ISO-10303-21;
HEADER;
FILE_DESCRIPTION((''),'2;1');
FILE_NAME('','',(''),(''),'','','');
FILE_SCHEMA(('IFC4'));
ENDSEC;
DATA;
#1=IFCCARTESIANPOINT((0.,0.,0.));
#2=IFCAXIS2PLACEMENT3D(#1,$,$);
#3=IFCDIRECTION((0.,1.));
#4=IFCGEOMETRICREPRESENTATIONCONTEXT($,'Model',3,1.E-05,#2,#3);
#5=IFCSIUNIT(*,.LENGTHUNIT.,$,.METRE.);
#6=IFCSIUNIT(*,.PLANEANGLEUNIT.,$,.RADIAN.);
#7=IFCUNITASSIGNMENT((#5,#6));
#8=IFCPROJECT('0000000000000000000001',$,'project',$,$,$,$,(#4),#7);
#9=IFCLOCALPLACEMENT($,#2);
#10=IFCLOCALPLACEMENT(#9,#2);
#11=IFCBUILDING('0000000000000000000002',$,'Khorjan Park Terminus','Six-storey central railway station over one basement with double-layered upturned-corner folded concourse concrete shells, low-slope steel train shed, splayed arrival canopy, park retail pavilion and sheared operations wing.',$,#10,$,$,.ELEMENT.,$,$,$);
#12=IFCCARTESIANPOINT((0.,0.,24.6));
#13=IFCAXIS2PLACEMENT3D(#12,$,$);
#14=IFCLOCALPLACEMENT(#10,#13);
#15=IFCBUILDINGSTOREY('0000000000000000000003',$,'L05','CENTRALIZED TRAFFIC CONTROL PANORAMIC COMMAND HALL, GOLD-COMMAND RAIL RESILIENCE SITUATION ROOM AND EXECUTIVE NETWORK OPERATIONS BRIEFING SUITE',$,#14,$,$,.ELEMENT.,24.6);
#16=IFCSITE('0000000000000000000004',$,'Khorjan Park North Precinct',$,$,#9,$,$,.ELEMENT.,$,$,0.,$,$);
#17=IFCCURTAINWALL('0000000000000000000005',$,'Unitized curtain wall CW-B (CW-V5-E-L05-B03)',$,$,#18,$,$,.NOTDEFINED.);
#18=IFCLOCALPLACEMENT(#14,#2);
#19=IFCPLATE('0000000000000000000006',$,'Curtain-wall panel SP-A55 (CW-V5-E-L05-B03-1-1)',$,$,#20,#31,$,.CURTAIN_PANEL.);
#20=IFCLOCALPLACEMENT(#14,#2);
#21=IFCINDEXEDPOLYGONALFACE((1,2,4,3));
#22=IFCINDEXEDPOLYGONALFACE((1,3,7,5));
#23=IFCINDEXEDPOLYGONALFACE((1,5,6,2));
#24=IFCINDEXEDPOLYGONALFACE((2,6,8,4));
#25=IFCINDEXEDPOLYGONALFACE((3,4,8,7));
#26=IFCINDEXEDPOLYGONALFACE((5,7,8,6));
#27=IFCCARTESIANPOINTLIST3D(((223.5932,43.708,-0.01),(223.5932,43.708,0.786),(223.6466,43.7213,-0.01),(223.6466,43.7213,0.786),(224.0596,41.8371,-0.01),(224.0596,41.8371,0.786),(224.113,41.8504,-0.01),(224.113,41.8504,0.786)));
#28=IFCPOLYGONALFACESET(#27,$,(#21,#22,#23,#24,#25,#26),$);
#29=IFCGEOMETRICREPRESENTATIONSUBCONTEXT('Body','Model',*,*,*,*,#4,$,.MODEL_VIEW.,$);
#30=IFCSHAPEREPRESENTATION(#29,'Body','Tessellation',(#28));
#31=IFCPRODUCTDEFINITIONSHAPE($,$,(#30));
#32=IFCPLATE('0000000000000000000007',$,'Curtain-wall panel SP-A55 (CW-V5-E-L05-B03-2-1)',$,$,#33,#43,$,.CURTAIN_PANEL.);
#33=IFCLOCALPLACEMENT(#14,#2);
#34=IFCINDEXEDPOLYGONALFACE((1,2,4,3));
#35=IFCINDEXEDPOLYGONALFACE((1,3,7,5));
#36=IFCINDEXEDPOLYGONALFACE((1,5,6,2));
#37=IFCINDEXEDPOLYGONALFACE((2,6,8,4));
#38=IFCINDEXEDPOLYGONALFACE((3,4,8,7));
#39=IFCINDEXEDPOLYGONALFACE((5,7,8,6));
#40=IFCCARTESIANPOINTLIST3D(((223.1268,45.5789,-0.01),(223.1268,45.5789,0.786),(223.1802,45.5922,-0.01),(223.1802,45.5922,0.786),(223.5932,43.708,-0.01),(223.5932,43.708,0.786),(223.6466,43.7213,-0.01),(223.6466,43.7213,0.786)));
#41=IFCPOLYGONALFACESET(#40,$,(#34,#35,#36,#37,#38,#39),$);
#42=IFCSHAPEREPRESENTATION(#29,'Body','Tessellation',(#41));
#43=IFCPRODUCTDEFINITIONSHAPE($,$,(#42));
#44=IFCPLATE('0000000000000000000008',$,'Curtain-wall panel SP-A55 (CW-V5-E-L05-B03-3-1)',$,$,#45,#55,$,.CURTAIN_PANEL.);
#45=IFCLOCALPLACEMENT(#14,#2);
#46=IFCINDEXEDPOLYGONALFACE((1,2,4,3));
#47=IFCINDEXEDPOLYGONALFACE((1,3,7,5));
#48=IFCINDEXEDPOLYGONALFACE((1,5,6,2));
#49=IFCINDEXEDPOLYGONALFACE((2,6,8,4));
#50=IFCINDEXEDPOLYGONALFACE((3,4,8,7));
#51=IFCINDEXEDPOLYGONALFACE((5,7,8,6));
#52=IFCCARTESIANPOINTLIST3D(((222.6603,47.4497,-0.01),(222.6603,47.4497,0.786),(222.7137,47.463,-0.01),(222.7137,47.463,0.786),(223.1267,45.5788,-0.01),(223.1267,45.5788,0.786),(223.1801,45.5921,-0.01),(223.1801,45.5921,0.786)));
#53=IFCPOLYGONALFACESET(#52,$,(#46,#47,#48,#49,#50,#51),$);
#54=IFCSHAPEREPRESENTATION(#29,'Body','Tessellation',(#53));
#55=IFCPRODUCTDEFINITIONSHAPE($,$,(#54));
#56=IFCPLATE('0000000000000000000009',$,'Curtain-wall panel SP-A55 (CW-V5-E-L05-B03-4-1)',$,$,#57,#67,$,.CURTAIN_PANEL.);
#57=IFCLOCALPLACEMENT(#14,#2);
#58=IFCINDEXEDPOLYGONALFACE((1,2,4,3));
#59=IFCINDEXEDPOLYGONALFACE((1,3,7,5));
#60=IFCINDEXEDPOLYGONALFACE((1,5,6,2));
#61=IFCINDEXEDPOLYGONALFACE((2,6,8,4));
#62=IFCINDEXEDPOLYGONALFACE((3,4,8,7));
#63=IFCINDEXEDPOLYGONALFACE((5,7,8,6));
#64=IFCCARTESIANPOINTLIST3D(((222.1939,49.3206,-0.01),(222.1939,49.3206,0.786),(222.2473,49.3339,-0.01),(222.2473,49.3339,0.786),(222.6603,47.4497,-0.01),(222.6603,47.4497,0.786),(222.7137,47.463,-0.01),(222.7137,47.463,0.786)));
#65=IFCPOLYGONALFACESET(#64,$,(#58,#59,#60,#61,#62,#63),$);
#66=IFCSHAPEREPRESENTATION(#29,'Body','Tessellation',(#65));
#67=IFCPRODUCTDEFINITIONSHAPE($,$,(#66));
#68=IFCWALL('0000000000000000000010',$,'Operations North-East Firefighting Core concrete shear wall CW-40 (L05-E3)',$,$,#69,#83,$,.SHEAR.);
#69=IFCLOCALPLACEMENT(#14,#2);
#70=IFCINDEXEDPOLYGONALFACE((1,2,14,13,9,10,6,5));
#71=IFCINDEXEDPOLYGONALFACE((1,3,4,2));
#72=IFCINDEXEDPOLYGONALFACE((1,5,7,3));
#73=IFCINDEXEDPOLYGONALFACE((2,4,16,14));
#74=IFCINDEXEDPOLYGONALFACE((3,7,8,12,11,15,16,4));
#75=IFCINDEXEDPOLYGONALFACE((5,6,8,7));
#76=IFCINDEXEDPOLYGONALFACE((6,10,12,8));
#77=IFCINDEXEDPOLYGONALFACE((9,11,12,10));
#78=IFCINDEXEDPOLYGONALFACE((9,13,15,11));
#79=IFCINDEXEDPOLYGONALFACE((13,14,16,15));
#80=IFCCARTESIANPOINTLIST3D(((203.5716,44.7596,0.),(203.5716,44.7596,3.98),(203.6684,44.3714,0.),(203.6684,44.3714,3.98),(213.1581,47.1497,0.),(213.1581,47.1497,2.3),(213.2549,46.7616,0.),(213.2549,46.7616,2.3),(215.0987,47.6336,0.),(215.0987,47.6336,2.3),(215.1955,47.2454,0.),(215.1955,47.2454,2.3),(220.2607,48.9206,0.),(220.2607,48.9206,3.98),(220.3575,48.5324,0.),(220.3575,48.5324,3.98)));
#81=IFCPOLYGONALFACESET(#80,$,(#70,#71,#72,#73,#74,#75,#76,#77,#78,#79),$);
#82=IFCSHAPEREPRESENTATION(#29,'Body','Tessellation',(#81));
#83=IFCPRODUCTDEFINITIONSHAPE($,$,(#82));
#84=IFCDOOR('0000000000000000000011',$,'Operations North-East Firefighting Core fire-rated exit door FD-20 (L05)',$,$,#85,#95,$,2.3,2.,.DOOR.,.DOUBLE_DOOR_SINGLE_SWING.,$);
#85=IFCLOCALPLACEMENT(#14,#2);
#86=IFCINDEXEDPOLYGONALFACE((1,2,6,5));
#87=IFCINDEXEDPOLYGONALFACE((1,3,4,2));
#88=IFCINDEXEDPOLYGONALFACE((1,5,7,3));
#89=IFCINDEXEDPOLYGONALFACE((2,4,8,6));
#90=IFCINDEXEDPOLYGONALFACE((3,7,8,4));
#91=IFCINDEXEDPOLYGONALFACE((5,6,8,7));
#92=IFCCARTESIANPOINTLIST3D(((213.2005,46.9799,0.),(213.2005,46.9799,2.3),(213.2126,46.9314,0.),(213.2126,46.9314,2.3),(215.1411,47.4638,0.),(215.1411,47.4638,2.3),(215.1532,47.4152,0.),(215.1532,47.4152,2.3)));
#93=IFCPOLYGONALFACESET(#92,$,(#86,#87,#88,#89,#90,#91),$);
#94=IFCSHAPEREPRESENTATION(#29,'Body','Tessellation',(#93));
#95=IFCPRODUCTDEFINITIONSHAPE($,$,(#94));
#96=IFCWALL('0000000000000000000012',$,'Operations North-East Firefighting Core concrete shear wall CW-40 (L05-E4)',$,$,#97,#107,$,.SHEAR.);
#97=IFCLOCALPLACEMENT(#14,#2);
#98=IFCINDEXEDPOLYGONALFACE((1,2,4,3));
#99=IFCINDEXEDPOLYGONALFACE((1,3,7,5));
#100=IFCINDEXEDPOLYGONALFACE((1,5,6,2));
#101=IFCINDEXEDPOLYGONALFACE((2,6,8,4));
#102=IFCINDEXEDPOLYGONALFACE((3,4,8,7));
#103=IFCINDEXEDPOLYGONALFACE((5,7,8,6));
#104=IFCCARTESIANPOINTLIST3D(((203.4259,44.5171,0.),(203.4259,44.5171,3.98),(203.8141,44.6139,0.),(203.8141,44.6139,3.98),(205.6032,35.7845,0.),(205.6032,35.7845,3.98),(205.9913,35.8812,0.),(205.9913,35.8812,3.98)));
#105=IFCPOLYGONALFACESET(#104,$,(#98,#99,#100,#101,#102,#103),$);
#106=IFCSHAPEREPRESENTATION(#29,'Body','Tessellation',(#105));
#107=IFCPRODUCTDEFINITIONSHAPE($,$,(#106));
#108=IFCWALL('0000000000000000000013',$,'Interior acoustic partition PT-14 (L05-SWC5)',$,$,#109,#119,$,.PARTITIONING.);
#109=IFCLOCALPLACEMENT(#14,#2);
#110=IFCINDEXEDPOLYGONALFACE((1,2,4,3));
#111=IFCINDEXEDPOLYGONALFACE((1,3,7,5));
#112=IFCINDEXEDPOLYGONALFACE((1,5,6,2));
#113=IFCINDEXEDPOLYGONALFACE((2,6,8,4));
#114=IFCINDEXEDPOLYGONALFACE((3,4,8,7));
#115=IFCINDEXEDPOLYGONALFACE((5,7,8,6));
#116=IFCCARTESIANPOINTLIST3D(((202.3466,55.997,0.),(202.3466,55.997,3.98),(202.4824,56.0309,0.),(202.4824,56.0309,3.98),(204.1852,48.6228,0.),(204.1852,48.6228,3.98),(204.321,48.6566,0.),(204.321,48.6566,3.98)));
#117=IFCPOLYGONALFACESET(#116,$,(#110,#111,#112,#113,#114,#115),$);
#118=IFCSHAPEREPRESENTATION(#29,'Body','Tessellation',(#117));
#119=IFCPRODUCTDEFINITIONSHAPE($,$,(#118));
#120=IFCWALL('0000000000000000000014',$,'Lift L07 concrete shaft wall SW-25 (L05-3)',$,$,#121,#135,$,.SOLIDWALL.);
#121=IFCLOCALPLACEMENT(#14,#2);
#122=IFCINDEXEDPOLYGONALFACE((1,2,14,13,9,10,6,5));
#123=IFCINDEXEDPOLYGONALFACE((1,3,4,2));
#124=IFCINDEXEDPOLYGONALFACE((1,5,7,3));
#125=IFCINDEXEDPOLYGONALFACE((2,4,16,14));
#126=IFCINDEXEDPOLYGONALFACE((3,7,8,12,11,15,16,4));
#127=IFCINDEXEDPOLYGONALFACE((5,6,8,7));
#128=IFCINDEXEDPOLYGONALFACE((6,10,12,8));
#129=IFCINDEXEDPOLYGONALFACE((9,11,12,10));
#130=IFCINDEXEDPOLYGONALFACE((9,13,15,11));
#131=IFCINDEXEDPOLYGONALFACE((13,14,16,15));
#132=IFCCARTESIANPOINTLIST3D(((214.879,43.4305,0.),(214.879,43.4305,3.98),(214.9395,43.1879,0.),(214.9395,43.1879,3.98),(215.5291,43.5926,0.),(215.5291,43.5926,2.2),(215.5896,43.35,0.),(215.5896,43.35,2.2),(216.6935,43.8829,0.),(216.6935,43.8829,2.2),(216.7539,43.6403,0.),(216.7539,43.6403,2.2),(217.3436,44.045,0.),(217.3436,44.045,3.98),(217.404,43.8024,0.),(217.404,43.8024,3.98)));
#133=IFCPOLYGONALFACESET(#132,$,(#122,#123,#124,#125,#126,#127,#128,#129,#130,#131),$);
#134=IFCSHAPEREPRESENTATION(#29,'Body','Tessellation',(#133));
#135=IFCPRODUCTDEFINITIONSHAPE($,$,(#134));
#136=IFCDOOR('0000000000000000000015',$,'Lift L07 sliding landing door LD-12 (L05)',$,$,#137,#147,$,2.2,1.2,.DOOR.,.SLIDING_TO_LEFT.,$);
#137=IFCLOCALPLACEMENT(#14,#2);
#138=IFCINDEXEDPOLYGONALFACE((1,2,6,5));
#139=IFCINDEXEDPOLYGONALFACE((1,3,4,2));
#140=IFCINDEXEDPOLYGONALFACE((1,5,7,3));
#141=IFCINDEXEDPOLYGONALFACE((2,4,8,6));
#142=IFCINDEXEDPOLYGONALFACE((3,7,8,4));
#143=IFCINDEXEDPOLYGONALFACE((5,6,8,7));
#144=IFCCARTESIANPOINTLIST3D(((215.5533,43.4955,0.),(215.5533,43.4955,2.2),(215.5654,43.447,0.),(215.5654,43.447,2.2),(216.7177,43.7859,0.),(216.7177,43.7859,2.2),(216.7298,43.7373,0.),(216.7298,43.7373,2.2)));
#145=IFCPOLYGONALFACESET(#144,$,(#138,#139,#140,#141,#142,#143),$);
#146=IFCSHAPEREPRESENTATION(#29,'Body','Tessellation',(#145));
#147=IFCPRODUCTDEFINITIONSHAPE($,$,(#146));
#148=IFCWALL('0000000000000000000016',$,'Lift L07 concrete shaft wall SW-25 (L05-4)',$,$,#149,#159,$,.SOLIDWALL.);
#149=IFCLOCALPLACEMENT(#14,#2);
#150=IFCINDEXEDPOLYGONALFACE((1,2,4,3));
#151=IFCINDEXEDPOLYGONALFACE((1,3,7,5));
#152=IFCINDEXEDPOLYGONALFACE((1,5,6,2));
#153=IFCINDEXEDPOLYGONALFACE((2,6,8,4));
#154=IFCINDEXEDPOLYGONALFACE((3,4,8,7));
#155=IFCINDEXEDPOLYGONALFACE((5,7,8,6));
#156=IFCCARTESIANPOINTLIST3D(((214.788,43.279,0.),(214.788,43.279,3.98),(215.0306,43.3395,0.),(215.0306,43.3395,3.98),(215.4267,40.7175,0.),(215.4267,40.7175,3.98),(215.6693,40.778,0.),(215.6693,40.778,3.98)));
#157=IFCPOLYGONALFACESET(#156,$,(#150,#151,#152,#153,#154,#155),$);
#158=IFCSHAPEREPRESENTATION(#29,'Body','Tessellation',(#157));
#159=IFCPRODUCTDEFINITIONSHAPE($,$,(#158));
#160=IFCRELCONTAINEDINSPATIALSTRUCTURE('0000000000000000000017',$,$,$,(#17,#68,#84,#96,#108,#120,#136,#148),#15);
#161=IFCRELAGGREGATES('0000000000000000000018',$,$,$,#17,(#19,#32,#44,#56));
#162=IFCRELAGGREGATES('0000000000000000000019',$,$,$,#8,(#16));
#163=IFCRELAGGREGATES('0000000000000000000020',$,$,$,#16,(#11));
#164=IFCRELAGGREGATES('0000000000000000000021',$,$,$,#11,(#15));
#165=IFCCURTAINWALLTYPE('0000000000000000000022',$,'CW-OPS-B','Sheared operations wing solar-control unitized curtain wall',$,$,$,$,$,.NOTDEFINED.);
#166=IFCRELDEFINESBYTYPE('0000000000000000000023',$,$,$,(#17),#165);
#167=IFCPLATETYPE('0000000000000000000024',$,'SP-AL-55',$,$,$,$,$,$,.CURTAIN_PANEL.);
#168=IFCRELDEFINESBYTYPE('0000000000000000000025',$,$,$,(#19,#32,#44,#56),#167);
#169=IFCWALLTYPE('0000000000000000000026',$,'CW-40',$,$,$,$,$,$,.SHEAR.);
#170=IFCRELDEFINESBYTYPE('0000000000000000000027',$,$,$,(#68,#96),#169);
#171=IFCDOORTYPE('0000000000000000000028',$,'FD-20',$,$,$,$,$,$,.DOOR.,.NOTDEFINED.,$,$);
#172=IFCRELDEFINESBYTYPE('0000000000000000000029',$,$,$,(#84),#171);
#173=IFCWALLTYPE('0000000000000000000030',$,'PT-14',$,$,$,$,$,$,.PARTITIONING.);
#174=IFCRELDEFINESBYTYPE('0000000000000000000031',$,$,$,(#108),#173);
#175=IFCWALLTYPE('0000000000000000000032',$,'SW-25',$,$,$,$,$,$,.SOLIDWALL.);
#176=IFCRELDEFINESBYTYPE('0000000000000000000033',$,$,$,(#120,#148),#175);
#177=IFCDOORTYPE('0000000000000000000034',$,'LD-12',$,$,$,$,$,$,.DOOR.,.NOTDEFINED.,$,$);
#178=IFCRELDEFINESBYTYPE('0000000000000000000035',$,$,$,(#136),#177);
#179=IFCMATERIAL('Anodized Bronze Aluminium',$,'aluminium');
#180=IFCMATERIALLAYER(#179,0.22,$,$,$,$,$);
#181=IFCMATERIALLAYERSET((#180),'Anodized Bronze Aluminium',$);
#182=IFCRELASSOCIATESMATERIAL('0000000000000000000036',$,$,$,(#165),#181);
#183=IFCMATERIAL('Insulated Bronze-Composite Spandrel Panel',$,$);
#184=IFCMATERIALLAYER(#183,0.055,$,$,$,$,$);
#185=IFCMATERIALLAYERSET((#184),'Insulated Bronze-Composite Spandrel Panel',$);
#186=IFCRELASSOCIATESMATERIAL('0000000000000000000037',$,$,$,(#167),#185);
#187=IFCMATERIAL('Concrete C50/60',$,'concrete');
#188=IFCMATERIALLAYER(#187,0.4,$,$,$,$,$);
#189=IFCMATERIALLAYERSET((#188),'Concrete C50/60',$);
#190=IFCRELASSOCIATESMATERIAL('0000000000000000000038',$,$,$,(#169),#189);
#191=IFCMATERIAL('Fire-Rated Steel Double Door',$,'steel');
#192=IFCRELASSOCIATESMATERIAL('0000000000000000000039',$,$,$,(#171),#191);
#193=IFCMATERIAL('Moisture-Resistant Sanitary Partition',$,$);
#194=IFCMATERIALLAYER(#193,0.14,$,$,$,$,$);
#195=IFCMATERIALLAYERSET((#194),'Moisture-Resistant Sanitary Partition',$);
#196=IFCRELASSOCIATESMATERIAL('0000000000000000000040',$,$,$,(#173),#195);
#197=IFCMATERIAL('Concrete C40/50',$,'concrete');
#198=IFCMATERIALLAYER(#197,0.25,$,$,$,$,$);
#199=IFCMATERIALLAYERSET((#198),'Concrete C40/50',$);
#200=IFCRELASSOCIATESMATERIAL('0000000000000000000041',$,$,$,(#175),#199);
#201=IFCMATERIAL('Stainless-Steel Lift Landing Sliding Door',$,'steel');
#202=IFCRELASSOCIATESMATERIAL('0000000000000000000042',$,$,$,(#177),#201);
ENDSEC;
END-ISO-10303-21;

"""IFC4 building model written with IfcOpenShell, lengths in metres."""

from ifc_helpers import new_model, si_unit, direction, frame, frame_2d, origin, origin_2d, place, context, subcontext, project, spatial, rectangle, extrude, material, layer, layer_set, type_object, element, fill, aggregate, save


model = new_model("IFC4")

# Units and contexts
model_context = context("Model", 3, precision=1e-05, world=origin(), true_north=direction((0.0, 1.0)))
body_context = subcontext(model_context, "Body", "Model", "MODEL_VIEW")
ifc_project = project(units=[si_unit("LENGTHUNIT", "METRE"), si_unit("PLANEANGLEUNIT", "RADIAN")], contexts=[model_context])

# Site, building, storey
site_placement = place(None, origin())
site = spatial("IfcSite", under=ifc_project, at=site_placement, Name="Khorjan Park North Precinct", CompositionType="ELEMENT", RefElevation=0.0)
building_placement = place(site_placement, origin())
building = spatial("IfcBuilding", under=site, at=building_placement, Name="Khorjan Park Terminus", Description="Six-storey central railway station over one basement with double-layered upturned-corner folded concourse concrete shells, low-slope steel train shed, splayed arrival canopy, park retail pavilion and sheared operations wing.", CompositionType="ELEMENT")
storey_placement = place(building_placement, frame((0.0, 0.0, 24.6)))
storey = spatial("IfcBuildingStorey", under=building, at=storey_placement, Name="L05", Description="CENTRALIZED TRAFFIC CONTROL PANORAMIC COMMAND HALL, GOLD-COMMAND RAIL RESILIENCE SITUATION ROOM AND EXECUTIVE NETWORK OPERATIONS BRIEFING SUITE", CompositionType="ELEMENT", Elevation=24.6)

# Shared definitions
ifc_material_1 = material(Name="Concrete C50/60", Category="concrete")

# Curtain wall, plates
ifc_material_2 = material(Name="Anodized Bronze Aluminium", Category="aluminium")
ifc_layer_1 = layer(ifc_material_2, 0.22)
ifc_layer_set_1 = layer_set([ifc_layer_1], Name="Anodized Bronze Aluminium")
curtain_wall_type = type_object("IfcCurtainWallType", Name="CW-OPS-B", Description="Sheared operations wing solar-control unitized curtain wall", PredefinedType="NOTDEFINED", material=ifc_layer_set_1)
curtain_wall_placement = place(storey_placement, origin())
curtain_wall = element("IfcCurtainWall", 1, at=curtain_wall_placement, inside=storey, type_object=curtain_wall_type, Name="Unitized curtain wall CW-B (CW-V5-E-L05-B03)", PredefinedType="NOTDEFINED")
ifc_material_3 = material(Name="Insulated Bronze-Composite Spandrel Panel")
ifc_layer_2 = layer(ifc_material_3, 0.055)
ifc_layer_set_2 = layer_set([ifc_layer_2], Name="Insulated Bronze-Composite Spandrel Panel")
plate_type_1 = type_object("IfcPlateType", Name="SP-AL-55", PredefinedType="CURTAIN_PANEL", material=ifc_layer_set_2)
plate_1_placement = place(storey_placement, frame((223.8531, 42.7792, -0.01), z_axis=(0.0, 0.0, 1.0), x_axis=(-0.241923, 0.970295, 0.0)))
plate_1 = element("IfcPlate", 2, at=plate_1_placement, type_object=plate_type_1, Name="Curtain-wall panel SP-A55 (CW-V5-E-L05-B03-1-1)", PredefinedType="CURTAIN_PANEL", context=body_context, shape_type="SweptSolid", body=[
    extrude(rectangle(XDim=1.9281, YDim=0.055, at=origin_2d()), origin(), (0.0, 0.0, 1.0), 0.796),
])
plate_2_placement = place(storey_placement, frame((223.3867, 44.6501, -0.01), z_axis=(0.0, 0.0, 1.0), x_axis=(-0.241923, 0.970295, 0.0)))
plate_2 = element("IfcPlate", 3, at=plate_2_placement, type_object=plate_type_1, Name="Curtain-wall panel SP-A55 (CW-V5-E-L05-B03-2-1)", PredefinedType="CURTAIN_PANEL", context=body_context, shape_type="SweptSolid", body=[
    extrude(rectangle(XDim=1.9281, YDim=0.055, at=origin_2d()), origin(), (0.0, 0.0, 1.0), 0.796),
])
plate_3_placement = place(storey_placement, frame((222.9202, 46.5209, -0.01), z_axis=(0.0, 0.0, 1.0), x_axis=(-0.241923, 0.970295, 0.0)))
plate_3 = element("IfcPlate", 4, at=plate_3_placement, type_object=plate_type_1, Name="Curtain-wall panel SP-A55 (CW-V5-E-L05-B03-3-1)", PredefinedType="CURTAIN_PANEL", context=body_context, shape_type="SweptSolid", body=[
    extrude(rectangle(XDim=1.9281, YDim=0.055, at=origin_2d()), origin(), (0.0, 0.0, 1.0), 0.796),
])
plate_4_placement = place(storey_placement, frame((222.4538, 48.3918, -0.01), z_axis=(0.0, 0.0, 1.0), x_axis=(-0.241923, 0.970295, 0.0)))
plate_4 = element("IfcPlate", 5, at=plate_4_placement, type_object=plate_type_1, Name="Curtain-wall panel SP-A55 (CW-V5-E-L05-B03-4-1)", PredefinedType="CURTAIN_PANEL", context=body_context, shape_type="SweptSolid", body=[
    extrude(rectangle(XDim=1.9281, YDim=0.055, at=origin_2d()), origin(), (0.0, 0.0, 1.0), 0.796),
])
aggregate(curtain_wall, [plate_1, plate_2, plate_3, plate_4])

# Wall, opening, door
ifc_layer_3 = layer(ifc_material_1, 0.4)
ifc_layer_set_3 = layer_set([ifc_layer_3], Name="Concrete C50/60")
wall_type_1 = type_object("IfcWallType", Name="CW-40", PredefinedType="SHEAR", material=ifc_layer_set_3)
wall_1_placement = place(storey_placement, frame((220.3091, 48.7265, 0.0), z_axis=(0.0, 0.0, 1.0), x_axis=(-0.970297, -0.241919, 0.0)))
wall_1 = element("IfcWall", 6, at=wall_1_placement, inside=storey, type_object=wall_type_1, Name="Operations North-East Firefighting Core concrete shear wall CW-40 (L05-E3)", PredefinedType="SHEAR", context=body_context, shape_type="SweptSolid", body=[
    extrude(rectangle(XDim=17.2, YDim=0.4, at=frame_2d((8.6, 0.0))), origin(), (0.0, 0.0, 1.0), 3.98),
])
opening_1_placement = place(wall_1_placement, frame((5.32, 0.0, 0.0)))
opening_1 = element("IfcOpeningElement", 7, at=opening_1_placement, cuts=wall_1, PredefinedType="OPENING", context=body_context, shape_type="SweptSolid", body=[
    extrude(rectangle(XDim=2.0, YDim=2.3, at=frame_2d((1.0, 1.15))), frame((0.0, 0.21, 0.0), z_axis=(0.0, -1.0, 0.0), x_axis=(1.0, 0.0, 0.0)), (0.0, 0.0, 1.0), 0.42),
])
ifc_material_4 = material(Name="Fire-Rated Steel Double Door", Category="steel")
door_type_1 = type_object("IfcDoorType", Name="FD-20", OperationType="NOTDEFINED", PredefinedType="DOOR", material=ifc_material_4)
door_1_placement = place(opening_1_placement, origin())
door_1 = element("IfcDoor", 8, at=door_1_placement, inside=storey, type_object=door_type_1, Name="Operations North-East Firefighting Core fire-rated exit door FD-20 (L05)", OperationType="DOUBLE_DOOR_SINGLE_SWING", OverallHeight=2.3, OverallWidth=2.0, PredefinedType="DOOR", context=body_context, shape_type="SweptSolid", body=[
    extrude(rectangle(XDim=2.0, YDim=2.3, at=frame_2d((1.0, 1.15))), frame((0.0, 0.025, 0.0), z_axis=(0.0, -1.0, 0.0), x_axis=(1.0, 0.0, 0.0)), (0.0, 0.0, 1.0), 0.05),
])
fill(opening_1, door_1)

# Walls
wall_2_placement = place(storey_placement, frame((203.62, 44.5655, 0.0), z_axis=(0.0, 0.0, 1.0), x_axis=(0.241921, -0.970296, 0.0)))
element("IfcWall", 9, at=wall_2_placement, inside=storey, type_object=wall_type_1, Name="Operations North-East Firefighting Core concrete shear wall CW-40 (L05-E4)", PredefinedType="SHEAR", context=body_context, shape_type="SweptSolid", body=[
    extrude(rectangle(XDim=9.0, YDim=0.4, at=frame_2d((4.5, 0.0))), origin(), (0.0, 0.0, 1.0), 3.98),
])
ifc_material_5 = material(Name="Moisture-Resistant Sanitary Partition")
ifc_layer_4 = layer(ifc_material_5, 0.14)
ifc_layer_set_4 = layer_set([ifc_layer_4], Name="Moisture-Resistant Sanitary Partition")
wall_type_2 = type_object("IfcWallType", Name="PT-14", PredefinedType="PARTITIONING", material=ifc_layer_set_4)
wall_3_placement = place(storey_placement, frame((204.2531, 48.6397, 0.0), z_axis=(0.0, 0.0, 1.0), x_axis=(-0.241923, 0.970296, 0.0)))
element("IfcWall", 10, at=wall_3_placement, inside=storey, type_object=wall_type_2, Name="Interior acoustic partition PT-14 (L05-SWC5)", PredefinedType="PARTITIONING", context=body_context, shape_type="SweptSolid", body=[
    extrude(rectangle(XDim=7.6, YDim=0.14, at=frame_2d((3.8, 0.0))), origin(), (0.0, 0.0, 1.0), 3.98),
])

# Wall, opening, door
ifc_material_6 = material(Name="Concrete C40/50", Category="concrete")
ifc_layer_5 = layer(ifc_material_6, 0.25)
ifc_layer_set_5 = layer_set([ifc_layer_5], Name="Concrete C40/50")
wall_type_3 = type_object("IfcWallType", Name="SW-25", PredefinedType="SOLIDWALL", material=ifc_layer_set_5)
wall_4_placement = place(storey_placement, frame((217.3738, 43.9237, 0.0), z_axis=(0.0, 0.0, 1.0), x_axis=(-0.970293, -0.241933, 0.0)))
wall_4 = element("IfcWall", 11, at=wall_4_placement, inside=storey, type_object=wall_type_3, Name="Lift L07 concrete shaft wall SW-25 (L05-3)", PredefinedType="SOLIDWALL", context=body_context, shape_type="SweptSolid", body=[
    extrude(rectangle(XDim=2.54, YDim=0.25, at=frame_2d((1.27, 0.0))), origin(), (0.0, 0.0, 1.0), 3.98),
])
opening_2_placement = place(wall_4_placement, frame((0.67, 0.0, 0.0)))
opening_2 = element("IfcOpeningElement", 12, at=opening_2_placement, cuts=wall_4, PredefinedType="OPENING", context=body_context, shape_type="SweptSolid", body=[
    extrude(rectangle(XDim=1.2, YDim=2.2, at=frame_2d((0.6, 1.1))), frame((0.0, 0.135, 0.0), z_axis=(0.0, -1.0, 0.0), x_axis=(1.0, 0.0, 0.0)), (0.0, 0.0, 1.0), 0.27),
])
ifc_material_7 = material(Name="Stainless-Steel Lift Landing Sliding Door", Category="steel")
door_type_2 = type_object("IfcDoorType", Name="LD-12", OperationType="NOTDEFINED", PredefinedType="DOOR", material=ifc_material_7)
door_2_placement = place(opening_2_placement, origin())
door_2 = element("IfcDoor", 13, at=door_2_placement, inside=storey, type_object=door_type_2, Name="Lift L07 sliding landing door LD-12 (L05)", OperationType="SLIDING_TO_LEFT", OverallHeight=2.2, OverallWidth=1.2, PredefinedType="DOOR", context=body_context, shape_type="SweptSolid", body=[
    extrude(rectangle(XDim=1.2, YDim=2.2, at=frame_2d((0.6, 1.1))), frame((0.0, 0.025, 0.0), z_axis=(0.0, -1.0, 0.0), x_axis=(1.0, 0.0, 0.0)), (0.0, 0.0, 1.0), 0.05),
])
fill(opening_2, door_2)

# Wall
wall_5_placement = place(storey_placement, frame((214.9093, 43.3092, 0.0), z_axis=(0.0, 0.0, 1.0), x_axis=(0.241938, -0.970292, 0.0)))
element("IfcWall", 14, at=wall_5_placement, inside=storey, type_object=wall_type_3, Name="Lift L07 concrete shaft wall SW-25 (L05-4)", PredefinedType="SOLIDWALL", context=body_context, shape_type="SweptSolid", body=[
    extrude(rectangle(XDim=2.6399, YDim=0.25, at=frame_2d((1.3199, 0.0))), origin(), (0.0, 0.0, 1.0), 3.98),
])

save(model, "model.ifc")
